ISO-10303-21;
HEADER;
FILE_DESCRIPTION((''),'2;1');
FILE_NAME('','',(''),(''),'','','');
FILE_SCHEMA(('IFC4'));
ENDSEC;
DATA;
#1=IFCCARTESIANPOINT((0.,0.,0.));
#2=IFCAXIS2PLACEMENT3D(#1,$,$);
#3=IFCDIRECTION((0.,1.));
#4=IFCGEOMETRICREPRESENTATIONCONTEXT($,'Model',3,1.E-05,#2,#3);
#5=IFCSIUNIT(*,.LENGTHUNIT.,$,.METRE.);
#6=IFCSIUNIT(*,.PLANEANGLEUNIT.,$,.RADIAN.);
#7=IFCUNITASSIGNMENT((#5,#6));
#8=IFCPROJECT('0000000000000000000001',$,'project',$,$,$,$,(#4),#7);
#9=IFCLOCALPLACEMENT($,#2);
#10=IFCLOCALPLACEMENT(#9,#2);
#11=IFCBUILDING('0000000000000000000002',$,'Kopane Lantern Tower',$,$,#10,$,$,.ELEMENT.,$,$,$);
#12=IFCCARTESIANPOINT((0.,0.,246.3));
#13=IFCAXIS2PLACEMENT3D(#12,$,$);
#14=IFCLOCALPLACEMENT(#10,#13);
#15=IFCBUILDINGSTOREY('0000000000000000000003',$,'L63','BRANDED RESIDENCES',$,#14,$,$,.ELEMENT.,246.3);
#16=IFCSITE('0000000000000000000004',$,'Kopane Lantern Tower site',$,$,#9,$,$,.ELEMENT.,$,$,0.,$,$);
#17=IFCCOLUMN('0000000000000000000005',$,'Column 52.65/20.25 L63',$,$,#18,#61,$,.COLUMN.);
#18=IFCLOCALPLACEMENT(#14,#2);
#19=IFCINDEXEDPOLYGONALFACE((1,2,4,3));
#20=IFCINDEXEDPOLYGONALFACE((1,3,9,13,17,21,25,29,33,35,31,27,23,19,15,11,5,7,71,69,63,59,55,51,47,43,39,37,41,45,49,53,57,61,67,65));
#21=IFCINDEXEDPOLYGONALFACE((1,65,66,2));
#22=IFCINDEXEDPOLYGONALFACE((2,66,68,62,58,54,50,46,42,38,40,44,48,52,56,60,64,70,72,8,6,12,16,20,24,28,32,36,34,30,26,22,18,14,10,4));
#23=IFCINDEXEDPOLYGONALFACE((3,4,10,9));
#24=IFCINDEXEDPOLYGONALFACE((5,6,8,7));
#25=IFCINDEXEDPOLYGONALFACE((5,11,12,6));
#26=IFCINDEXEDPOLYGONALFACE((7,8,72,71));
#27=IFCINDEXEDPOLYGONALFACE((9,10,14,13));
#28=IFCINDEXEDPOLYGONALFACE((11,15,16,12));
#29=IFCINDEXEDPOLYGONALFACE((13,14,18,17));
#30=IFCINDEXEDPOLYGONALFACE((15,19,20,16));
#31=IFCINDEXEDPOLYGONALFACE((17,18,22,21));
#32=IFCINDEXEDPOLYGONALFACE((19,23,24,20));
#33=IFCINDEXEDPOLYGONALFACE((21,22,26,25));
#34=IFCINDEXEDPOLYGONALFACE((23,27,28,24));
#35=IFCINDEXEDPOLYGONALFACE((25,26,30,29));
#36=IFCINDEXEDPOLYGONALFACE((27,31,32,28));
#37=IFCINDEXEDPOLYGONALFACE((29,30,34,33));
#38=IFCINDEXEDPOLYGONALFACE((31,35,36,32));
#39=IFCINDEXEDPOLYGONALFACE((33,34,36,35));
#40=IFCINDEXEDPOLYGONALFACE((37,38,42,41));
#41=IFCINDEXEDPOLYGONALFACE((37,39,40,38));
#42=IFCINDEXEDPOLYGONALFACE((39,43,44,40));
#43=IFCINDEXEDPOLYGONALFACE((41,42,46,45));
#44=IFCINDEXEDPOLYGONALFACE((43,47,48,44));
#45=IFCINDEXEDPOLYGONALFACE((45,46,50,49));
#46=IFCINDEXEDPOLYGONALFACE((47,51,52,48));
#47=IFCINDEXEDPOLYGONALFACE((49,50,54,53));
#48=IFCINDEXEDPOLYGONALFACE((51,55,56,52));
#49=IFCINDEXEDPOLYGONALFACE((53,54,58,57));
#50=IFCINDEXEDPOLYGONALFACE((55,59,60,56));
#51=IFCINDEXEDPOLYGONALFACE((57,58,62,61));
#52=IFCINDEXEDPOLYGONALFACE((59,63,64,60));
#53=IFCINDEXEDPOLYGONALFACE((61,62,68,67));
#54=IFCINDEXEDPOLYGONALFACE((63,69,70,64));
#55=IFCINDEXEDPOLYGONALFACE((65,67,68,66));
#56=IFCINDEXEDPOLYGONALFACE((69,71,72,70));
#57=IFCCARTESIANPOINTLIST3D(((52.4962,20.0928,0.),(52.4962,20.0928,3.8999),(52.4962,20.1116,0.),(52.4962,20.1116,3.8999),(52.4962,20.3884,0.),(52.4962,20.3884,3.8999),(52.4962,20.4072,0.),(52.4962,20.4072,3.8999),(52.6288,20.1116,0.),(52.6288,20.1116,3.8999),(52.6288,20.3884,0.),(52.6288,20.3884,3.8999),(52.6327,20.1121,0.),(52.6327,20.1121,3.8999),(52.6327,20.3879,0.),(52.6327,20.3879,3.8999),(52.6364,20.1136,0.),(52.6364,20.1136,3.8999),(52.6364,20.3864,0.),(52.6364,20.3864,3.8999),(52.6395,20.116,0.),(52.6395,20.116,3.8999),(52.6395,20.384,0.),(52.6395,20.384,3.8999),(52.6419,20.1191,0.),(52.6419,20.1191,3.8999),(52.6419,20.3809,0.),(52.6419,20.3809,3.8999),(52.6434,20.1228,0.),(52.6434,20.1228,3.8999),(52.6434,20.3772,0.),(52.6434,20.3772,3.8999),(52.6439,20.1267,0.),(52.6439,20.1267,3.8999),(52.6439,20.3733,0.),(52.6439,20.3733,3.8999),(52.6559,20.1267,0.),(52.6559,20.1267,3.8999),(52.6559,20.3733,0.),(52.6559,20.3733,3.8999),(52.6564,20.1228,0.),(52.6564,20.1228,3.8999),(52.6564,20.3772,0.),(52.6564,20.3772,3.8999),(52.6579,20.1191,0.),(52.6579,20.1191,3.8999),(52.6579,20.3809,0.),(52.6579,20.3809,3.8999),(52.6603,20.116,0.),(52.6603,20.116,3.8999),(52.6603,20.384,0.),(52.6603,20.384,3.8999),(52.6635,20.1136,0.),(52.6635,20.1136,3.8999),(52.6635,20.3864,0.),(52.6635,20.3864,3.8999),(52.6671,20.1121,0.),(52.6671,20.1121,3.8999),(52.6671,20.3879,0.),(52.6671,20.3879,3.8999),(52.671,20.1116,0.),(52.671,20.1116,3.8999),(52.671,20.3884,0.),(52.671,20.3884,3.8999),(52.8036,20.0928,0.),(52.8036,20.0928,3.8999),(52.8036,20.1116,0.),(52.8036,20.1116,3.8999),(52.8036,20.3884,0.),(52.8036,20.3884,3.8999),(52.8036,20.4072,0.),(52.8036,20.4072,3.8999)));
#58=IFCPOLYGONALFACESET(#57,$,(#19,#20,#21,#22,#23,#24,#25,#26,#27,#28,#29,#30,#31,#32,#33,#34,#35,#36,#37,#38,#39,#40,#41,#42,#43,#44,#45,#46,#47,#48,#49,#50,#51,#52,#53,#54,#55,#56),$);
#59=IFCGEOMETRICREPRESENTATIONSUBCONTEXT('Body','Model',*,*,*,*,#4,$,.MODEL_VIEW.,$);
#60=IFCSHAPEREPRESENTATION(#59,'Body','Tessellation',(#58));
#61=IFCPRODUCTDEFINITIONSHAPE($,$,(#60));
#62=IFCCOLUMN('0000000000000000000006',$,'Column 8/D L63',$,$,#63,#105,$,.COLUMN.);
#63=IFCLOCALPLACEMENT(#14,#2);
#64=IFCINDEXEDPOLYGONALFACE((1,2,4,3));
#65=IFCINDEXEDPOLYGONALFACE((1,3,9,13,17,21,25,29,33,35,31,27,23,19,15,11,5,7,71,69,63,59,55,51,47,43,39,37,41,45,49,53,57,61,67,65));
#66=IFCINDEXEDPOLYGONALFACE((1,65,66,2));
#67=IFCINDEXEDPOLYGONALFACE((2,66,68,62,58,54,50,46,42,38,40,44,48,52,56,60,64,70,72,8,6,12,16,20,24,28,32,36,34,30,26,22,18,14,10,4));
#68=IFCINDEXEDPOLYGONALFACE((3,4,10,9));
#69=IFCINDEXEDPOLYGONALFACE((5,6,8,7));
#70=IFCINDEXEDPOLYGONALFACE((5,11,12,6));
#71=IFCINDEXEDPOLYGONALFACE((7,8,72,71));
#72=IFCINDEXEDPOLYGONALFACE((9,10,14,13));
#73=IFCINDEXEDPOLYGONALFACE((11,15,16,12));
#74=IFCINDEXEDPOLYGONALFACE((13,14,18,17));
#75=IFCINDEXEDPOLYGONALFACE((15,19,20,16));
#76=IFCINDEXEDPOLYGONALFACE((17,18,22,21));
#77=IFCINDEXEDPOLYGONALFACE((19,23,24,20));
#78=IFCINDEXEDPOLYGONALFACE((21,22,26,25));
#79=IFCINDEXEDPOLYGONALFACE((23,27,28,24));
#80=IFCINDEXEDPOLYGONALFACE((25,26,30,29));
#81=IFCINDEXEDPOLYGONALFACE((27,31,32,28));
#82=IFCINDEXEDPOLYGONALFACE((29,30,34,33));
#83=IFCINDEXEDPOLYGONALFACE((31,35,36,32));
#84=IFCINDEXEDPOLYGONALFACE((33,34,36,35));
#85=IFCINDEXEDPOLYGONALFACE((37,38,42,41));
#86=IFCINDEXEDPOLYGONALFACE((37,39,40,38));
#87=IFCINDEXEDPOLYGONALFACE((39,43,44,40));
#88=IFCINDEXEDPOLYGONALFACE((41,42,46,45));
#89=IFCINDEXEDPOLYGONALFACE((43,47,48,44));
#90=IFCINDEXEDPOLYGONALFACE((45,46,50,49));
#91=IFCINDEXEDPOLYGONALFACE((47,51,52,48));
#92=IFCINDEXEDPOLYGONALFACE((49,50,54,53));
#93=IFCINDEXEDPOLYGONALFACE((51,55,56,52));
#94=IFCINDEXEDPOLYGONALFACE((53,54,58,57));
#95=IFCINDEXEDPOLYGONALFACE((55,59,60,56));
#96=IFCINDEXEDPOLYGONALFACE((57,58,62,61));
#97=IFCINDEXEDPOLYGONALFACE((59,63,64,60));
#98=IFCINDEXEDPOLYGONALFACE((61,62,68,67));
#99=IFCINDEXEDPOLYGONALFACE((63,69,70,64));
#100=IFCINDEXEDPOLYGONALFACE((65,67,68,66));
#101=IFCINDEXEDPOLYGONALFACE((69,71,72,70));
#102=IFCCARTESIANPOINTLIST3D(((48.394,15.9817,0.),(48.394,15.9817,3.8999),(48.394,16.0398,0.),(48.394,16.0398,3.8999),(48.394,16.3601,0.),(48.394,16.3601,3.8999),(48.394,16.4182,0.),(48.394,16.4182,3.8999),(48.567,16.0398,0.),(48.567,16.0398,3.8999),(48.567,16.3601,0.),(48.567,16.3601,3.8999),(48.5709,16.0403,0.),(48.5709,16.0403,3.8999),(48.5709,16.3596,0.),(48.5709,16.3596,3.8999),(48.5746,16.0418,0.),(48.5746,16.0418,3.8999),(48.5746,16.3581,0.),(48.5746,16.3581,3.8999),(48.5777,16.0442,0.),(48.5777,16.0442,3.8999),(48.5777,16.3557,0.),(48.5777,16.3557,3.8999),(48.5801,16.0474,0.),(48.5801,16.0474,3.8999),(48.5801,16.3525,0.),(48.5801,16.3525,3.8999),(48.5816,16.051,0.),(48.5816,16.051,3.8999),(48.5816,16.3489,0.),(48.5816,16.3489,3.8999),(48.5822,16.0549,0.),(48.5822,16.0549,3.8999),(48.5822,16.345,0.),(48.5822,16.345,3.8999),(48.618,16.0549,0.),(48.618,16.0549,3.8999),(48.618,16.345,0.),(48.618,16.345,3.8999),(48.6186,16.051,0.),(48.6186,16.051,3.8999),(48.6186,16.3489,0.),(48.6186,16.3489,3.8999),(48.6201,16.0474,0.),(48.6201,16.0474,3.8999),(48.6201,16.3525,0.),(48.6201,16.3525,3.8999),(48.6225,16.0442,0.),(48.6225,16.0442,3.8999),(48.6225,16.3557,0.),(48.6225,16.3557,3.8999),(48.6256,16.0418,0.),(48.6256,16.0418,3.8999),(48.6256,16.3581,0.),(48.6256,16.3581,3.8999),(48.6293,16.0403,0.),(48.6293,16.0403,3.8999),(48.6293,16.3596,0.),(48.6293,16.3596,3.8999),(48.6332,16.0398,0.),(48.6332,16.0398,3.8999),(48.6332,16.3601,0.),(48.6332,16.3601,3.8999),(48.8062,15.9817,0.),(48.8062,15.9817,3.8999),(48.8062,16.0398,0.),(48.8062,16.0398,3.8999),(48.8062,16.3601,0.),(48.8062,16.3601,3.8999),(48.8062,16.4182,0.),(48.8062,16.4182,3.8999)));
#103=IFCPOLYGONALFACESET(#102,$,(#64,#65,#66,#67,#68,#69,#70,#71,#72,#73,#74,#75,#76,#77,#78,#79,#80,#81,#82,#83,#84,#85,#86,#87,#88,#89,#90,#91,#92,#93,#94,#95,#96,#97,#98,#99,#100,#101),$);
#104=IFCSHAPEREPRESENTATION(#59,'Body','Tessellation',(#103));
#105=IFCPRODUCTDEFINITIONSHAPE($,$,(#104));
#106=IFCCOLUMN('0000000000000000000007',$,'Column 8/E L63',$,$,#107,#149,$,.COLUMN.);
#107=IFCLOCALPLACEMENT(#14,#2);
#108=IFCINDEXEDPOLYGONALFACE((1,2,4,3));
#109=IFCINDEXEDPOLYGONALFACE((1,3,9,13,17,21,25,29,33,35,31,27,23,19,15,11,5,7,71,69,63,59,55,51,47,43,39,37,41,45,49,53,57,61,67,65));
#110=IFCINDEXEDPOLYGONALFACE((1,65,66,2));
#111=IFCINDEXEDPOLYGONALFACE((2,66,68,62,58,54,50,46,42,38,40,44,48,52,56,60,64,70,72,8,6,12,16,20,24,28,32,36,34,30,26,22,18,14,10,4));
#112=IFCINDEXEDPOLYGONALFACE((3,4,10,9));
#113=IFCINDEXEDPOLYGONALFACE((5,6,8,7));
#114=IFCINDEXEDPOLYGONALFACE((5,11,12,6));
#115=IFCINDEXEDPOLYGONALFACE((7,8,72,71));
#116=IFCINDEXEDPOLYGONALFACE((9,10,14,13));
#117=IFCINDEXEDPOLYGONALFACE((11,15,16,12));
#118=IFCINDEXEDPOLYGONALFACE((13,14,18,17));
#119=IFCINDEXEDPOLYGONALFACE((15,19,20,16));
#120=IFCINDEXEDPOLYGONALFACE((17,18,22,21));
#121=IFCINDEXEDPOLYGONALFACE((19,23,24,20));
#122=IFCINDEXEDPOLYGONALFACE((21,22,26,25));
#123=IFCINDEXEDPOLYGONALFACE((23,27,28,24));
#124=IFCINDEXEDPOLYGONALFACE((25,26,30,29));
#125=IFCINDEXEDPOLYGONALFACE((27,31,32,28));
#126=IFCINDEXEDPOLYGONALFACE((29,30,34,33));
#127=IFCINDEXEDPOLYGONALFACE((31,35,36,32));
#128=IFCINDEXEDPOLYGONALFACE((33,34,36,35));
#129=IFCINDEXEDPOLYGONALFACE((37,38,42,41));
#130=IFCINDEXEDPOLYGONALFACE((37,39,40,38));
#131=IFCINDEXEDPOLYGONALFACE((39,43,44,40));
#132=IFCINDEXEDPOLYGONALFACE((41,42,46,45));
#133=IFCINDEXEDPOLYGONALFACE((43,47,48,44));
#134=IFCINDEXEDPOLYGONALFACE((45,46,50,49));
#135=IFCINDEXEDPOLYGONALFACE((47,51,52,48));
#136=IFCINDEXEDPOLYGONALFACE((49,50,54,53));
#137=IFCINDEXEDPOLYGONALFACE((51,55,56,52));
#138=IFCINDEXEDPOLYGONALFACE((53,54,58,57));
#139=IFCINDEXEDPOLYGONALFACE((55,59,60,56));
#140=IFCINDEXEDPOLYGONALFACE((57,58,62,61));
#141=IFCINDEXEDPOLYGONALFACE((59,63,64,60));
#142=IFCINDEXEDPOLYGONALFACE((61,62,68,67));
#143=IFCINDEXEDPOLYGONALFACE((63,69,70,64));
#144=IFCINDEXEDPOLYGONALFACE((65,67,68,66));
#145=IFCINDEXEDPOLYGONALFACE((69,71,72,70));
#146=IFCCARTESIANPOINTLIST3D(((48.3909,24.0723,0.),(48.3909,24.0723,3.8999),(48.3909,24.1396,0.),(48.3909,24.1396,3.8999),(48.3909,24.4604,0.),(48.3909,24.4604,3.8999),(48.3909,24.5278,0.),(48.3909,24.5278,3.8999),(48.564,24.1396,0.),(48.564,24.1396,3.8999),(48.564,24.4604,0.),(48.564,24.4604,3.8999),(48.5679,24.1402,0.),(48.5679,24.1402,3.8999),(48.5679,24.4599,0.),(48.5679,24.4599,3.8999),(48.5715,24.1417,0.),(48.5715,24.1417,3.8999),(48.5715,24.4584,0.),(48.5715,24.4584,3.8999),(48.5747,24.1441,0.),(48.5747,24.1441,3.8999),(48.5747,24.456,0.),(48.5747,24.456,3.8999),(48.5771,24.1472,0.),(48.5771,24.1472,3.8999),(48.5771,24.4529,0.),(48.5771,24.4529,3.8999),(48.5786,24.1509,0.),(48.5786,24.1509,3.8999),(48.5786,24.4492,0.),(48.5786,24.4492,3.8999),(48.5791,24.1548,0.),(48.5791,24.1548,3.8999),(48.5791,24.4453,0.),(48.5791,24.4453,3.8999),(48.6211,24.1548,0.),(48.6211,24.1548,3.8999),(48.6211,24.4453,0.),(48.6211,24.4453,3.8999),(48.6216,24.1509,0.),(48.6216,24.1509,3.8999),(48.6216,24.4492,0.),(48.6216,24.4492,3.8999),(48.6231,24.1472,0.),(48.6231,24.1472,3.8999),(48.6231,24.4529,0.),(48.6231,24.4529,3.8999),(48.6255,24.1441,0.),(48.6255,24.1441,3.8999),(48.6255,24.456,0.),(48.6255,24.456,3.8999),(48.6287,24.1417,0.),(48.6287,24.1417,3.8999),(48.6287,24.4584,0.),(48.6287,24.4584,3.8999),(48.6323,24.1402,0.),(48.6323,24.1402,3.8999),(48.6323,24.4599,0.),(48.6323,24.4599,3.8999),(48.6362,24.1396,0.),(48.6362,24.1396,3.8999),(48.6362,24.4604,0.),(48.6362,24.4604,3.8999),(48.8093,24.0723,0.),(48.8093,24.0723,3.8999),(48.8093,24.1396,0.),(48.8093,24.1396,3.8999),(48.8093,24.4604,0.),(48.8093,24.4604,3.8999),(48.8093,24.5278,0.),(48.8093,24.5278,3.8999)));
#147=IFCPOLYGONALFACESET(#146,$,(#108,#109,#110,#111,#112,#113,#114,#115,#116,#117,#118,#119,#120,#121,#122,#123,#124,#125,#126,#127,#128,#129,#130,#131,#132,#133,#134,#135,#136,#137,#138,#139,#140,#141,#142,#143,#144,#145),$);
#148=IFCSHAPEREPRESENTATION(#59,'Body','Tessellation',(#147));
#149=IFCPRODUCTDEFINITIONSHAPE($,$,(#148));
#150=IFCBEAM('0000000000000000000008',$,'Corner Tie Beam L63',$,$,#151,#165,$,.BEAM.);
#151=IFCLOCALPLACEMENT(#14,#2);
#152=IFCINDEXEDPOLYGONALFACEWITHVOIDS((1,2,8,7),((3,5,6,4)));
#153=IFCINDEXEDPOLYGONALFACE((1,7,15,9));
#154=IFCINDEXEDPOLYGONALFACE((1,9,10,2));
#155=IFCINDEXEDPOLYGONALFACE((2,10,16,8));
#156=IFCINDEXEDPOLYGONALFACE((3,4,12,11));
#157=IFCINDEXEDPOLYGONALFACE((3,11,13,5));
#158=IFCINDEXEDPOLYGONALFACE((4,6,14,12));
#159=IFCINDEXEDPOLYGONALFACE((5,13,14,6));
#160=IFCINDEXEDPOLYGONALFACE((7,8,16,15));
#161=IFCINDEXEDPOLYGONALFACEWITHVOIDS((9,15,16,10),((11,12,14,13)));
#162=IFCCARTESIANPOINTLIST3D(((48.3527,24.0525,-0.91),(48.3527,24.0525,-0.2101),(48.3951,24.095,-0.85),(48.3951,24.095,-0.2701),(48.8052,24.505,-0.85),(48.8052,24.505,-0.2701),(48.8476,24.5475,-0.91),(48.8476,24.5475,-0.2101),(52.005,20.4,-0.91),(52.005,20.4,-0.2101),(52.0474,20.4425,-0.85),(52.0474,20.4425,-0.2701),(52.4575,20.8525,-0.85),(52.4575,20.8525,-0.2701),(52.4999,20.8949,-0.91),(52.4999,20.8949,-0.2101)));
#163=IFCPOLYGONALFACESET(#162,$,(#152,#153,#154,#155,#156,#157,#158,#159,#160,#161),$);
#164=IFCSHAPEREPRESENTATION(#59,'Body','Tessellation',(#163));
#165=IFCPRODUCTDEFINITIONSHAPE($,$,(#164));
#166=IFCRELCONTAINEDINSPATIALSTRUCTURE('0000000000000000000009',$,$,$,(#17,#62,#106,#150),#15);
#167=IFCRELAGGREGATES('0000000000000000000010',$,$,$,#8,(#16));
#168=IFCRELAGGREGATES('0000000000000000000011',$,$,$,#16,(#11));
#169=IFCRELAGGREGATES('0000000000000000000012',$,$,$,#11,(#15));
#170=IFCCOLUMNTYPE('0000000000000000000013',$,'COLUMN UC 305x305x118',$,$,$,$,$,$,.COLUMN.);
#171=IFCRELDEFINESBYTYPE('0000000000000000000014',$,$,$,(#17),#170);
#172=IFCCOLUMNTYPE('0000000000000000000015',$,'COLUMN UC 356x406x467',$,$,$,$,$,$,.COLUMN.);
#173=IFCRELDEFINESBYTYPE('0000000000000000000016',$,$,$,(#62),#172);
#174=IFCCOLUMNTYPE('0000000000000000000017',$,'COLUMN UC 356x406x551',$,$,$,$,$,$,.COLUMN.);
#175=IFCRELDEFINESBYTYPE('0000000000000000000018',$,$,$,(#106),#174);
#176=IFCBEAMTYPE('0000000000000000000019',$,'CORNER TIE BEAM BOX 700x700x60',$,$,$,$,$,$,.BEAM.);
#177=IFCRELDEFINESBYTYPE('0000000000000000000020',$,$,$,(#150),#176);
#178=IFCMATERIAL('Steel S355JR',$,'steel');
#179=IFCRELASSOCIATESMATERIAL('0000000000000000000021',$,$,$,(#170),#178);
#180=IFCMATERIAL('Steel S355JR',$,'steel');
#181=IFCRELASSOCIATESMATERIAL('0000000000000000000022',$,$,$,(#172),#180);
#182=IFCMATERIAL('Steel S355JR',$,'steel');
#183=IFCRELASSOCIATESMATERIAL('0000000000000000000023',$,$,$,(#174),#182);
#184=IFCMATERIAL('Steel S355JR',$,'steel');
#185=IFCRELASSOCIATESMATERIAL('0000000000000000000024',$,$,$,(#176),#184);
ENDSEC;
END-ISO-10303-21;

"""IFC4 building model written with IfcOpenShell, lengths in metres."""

from ifc_helpers import new_model, si_unit, direction, frame, origin, origin_2d, place, context, subcontext, project, spatial, hollow_rectangle, i_section, extrude, material, material_profile, profile_set, type_object, element, save


model = new_model("IFC4")

# Units and contexts
model_context = context("Model", 3, precision=1e-05, world=origin(), true_north=direction((0.0, 1.0)))
body_context = subcontext(model_context, "Body", "Model", "MODEL_VIEW")
ifc_project = project(units=[si_unit("LENGTHUNIT", "METRE"), si_unit("PLANEANGLEUNIT", "RADIAN")], contexts=[model_context])

# Site, building, storey
site_placement = place(None, origin())
site = spatial("IfcSite", under=ifc_project, at=site_placement, Name="Kopane Lantern Tower site", CompositionType="ELEMENT", RefElevation=0.0)
building_placement = place(site_placement, origin())
building = spatial("IfcBuilding", under=site, at=building_placement, Name="Kopane Lantern Tower", CompositionType="ELEMENT")
storey_placement = place(building_placement, frame((0.0, 0.0, 246.3)))
storey = spatial("IfcBuildingStorey", under=building, at=storey_placement, Name="L63", Description="BRANDED RESIDENCES", CompositionType="ELEMENT", Elevation=246.3)

# Columns
ifc_material_1 = material(Name="Steel S355JR", Category="steel")
ifc_material_profile_1 = material_profile(ifc_material_1, i_section(OverallWidth=0.3074, OverallDepth=0.3145, WebThickness=0.012, FlangeThickness=0.0188, FilletRadius=0.0151, at=origin_2d()), Name="UC 305x305x118")
ifc_profile_set_1 = profile_set([ifc_material_profile_1], Name="Steel S355JR")
column_type_1 = type_object("IfcColumnType", Name="COLUMN UC 305x305x118", PredefinedType="COLUMN", material=ifc_profile_set_1)
column_1_placement = place(storey_placement, frame((52.6499, 20.25, 0.0), z_axis=(0.0, 0.0, 1.0), x_axis=(1.0, 0.0, 0.0)))
element("IfcColumn", 1, at=column_1_placement, inside=storey, type_object=column_type_1, Name="Column 52.65/20.25 L63", PredefinedType="COLUMN", context=body_context, shape_type="SweptSolid", body=[
    extrude(i_section(OverallWidth=0.3074, OverallDepth=0.3145, WebThickness=0.012, FlangeThickness=0.0188, FilletRadius=0.0151, at=origin_2d()), origin(), (0.0, 0.0, 1.0), 3.8999),
])
ifc_material_2 = material(Name="Steel S355JR", Category="steel")
ifc_material_profile_2 = material_profile(ifc_material_2, i_section(OverallWidth=0.4121, OverallDepth=0.4365, WebThickness=0.0359, FlangeThickness=0.0581, FilletRadius=0.0151, at=origin_2d()), Name="UC 356x406x467")
ifc_profile_set_2 = profile_set([ifc_material_profile_2], Name="Steel S355JR")
column_type_2 = type_object("IfcColumnType", Name="COLUMN UC 356x406x467", PredefinedType="COLUMN", material=ifc_profile_set_2)
column_2_placement = place(storey_placement, frame((48.6001, 16.2, 0.0), z_axis=(0.0, 0.0, 1.0), x_axis=(1.0, 0.0, 0.0)))
element("IfcColumn", 2, at=column_2_placement, inside=storey, type_object=column_type_2, Name="Column 8/D L63", PredefinedType="COLUMN", context=body_context, shape_type="SweptSolid", body=[
    extrude(i_section(OverallWidth=0.4121, OverallDepth=0.4365, WebThickness=0.0359, FlangeThickness=0.0581, FilletRadius=0.0151, at=origin_2d()), origin(), (0.0, 0.0, 1.0), 3.8999),
])
ifc_material_3 = material(Name="Steel S355JR", Category="steel")
ifc_material_profile_3 = material_profile(ifc_material_3, i_section(OverallWidth=0.4185, OverallDepth=0.4556, WebThickness=0.042, FlangeThickness=0.0674, FilletRadius=0.0151, at=origin_2d()), Name="UC 356x406x551")
ifc_profile_set_3 = profile_set([ifc_material_profile_3], Name="Steel S355JR")
column_type_3 = type_object("IfcColumnType", Name="COLUMN UC 356x406x551", PredefinedType="COLUMN", material=ifc_profile_set_3)
column_3_placement = place(storey_placement, frame((48.6001, 24.3, 0.0), z_axis=(0.0, 0.0, 1.0), x_axis=(1.0, 0.0, 0.0)))
element("IfcColumn", 3, at=column_3_placement, inside=storey, type_object=column_type_3, Name="Column 8/E L63", PredefinedType="COLUMN", context=body_context, shape_type="SweptSolid", body=[
    extrude(i_section(OverallWidth=0.4185, OverallDepth=0.4556, WebThickness=0.042, FlangeThickness=0.0674, FilletRadius=0.0151, at=origin_2d()), origin(), (0.0, 0.0, 1.0), 3.8999),
])

# Beam
ifc_material_4 = material(Name="Steel S355JR", Category="steel")
ifc_material_profile_4 = material_profile(ifc_material_4, hollow_rectangle(XDim=0.7, YDim=0.7, WallThickness=0.0601, at=origin_2d()), Name="BOX 700x700x60")
ifc_profile_set_4 = profile_set([ifc_material_profile_4], Name="Steel S355JR")
beam_type_1 = type_object("IfcBeamType", Name="CORNER TIE BEAM BOX 700x700x60", PredefinedType="BEAM", material=ifc_profile_set_4)
beam_1_placement = place(storey_placement, frame((52.2524, 20.6475, -0.5601), z_axis=(-0.707083, 0.70713, 0.0), x_axis=(-0.70713, -0.707083, 0.0)))
element("IfcBeam", 4, at=beam_1_placement, inside=storey, type_object=beam_type_1, Name="Corner Tie Beam L63", PredefinedType="BEAM", context=body_context, shape_type="SweptSolid", body=[
    extrude(hollow_rectangle(XDim=0.7, YDim=0.7, WallThickness=0.0601, at=origin_2d()), origin(), (0.0, 0.0, 1.0), 5.1653),
])

save(model, "model.ifc")
